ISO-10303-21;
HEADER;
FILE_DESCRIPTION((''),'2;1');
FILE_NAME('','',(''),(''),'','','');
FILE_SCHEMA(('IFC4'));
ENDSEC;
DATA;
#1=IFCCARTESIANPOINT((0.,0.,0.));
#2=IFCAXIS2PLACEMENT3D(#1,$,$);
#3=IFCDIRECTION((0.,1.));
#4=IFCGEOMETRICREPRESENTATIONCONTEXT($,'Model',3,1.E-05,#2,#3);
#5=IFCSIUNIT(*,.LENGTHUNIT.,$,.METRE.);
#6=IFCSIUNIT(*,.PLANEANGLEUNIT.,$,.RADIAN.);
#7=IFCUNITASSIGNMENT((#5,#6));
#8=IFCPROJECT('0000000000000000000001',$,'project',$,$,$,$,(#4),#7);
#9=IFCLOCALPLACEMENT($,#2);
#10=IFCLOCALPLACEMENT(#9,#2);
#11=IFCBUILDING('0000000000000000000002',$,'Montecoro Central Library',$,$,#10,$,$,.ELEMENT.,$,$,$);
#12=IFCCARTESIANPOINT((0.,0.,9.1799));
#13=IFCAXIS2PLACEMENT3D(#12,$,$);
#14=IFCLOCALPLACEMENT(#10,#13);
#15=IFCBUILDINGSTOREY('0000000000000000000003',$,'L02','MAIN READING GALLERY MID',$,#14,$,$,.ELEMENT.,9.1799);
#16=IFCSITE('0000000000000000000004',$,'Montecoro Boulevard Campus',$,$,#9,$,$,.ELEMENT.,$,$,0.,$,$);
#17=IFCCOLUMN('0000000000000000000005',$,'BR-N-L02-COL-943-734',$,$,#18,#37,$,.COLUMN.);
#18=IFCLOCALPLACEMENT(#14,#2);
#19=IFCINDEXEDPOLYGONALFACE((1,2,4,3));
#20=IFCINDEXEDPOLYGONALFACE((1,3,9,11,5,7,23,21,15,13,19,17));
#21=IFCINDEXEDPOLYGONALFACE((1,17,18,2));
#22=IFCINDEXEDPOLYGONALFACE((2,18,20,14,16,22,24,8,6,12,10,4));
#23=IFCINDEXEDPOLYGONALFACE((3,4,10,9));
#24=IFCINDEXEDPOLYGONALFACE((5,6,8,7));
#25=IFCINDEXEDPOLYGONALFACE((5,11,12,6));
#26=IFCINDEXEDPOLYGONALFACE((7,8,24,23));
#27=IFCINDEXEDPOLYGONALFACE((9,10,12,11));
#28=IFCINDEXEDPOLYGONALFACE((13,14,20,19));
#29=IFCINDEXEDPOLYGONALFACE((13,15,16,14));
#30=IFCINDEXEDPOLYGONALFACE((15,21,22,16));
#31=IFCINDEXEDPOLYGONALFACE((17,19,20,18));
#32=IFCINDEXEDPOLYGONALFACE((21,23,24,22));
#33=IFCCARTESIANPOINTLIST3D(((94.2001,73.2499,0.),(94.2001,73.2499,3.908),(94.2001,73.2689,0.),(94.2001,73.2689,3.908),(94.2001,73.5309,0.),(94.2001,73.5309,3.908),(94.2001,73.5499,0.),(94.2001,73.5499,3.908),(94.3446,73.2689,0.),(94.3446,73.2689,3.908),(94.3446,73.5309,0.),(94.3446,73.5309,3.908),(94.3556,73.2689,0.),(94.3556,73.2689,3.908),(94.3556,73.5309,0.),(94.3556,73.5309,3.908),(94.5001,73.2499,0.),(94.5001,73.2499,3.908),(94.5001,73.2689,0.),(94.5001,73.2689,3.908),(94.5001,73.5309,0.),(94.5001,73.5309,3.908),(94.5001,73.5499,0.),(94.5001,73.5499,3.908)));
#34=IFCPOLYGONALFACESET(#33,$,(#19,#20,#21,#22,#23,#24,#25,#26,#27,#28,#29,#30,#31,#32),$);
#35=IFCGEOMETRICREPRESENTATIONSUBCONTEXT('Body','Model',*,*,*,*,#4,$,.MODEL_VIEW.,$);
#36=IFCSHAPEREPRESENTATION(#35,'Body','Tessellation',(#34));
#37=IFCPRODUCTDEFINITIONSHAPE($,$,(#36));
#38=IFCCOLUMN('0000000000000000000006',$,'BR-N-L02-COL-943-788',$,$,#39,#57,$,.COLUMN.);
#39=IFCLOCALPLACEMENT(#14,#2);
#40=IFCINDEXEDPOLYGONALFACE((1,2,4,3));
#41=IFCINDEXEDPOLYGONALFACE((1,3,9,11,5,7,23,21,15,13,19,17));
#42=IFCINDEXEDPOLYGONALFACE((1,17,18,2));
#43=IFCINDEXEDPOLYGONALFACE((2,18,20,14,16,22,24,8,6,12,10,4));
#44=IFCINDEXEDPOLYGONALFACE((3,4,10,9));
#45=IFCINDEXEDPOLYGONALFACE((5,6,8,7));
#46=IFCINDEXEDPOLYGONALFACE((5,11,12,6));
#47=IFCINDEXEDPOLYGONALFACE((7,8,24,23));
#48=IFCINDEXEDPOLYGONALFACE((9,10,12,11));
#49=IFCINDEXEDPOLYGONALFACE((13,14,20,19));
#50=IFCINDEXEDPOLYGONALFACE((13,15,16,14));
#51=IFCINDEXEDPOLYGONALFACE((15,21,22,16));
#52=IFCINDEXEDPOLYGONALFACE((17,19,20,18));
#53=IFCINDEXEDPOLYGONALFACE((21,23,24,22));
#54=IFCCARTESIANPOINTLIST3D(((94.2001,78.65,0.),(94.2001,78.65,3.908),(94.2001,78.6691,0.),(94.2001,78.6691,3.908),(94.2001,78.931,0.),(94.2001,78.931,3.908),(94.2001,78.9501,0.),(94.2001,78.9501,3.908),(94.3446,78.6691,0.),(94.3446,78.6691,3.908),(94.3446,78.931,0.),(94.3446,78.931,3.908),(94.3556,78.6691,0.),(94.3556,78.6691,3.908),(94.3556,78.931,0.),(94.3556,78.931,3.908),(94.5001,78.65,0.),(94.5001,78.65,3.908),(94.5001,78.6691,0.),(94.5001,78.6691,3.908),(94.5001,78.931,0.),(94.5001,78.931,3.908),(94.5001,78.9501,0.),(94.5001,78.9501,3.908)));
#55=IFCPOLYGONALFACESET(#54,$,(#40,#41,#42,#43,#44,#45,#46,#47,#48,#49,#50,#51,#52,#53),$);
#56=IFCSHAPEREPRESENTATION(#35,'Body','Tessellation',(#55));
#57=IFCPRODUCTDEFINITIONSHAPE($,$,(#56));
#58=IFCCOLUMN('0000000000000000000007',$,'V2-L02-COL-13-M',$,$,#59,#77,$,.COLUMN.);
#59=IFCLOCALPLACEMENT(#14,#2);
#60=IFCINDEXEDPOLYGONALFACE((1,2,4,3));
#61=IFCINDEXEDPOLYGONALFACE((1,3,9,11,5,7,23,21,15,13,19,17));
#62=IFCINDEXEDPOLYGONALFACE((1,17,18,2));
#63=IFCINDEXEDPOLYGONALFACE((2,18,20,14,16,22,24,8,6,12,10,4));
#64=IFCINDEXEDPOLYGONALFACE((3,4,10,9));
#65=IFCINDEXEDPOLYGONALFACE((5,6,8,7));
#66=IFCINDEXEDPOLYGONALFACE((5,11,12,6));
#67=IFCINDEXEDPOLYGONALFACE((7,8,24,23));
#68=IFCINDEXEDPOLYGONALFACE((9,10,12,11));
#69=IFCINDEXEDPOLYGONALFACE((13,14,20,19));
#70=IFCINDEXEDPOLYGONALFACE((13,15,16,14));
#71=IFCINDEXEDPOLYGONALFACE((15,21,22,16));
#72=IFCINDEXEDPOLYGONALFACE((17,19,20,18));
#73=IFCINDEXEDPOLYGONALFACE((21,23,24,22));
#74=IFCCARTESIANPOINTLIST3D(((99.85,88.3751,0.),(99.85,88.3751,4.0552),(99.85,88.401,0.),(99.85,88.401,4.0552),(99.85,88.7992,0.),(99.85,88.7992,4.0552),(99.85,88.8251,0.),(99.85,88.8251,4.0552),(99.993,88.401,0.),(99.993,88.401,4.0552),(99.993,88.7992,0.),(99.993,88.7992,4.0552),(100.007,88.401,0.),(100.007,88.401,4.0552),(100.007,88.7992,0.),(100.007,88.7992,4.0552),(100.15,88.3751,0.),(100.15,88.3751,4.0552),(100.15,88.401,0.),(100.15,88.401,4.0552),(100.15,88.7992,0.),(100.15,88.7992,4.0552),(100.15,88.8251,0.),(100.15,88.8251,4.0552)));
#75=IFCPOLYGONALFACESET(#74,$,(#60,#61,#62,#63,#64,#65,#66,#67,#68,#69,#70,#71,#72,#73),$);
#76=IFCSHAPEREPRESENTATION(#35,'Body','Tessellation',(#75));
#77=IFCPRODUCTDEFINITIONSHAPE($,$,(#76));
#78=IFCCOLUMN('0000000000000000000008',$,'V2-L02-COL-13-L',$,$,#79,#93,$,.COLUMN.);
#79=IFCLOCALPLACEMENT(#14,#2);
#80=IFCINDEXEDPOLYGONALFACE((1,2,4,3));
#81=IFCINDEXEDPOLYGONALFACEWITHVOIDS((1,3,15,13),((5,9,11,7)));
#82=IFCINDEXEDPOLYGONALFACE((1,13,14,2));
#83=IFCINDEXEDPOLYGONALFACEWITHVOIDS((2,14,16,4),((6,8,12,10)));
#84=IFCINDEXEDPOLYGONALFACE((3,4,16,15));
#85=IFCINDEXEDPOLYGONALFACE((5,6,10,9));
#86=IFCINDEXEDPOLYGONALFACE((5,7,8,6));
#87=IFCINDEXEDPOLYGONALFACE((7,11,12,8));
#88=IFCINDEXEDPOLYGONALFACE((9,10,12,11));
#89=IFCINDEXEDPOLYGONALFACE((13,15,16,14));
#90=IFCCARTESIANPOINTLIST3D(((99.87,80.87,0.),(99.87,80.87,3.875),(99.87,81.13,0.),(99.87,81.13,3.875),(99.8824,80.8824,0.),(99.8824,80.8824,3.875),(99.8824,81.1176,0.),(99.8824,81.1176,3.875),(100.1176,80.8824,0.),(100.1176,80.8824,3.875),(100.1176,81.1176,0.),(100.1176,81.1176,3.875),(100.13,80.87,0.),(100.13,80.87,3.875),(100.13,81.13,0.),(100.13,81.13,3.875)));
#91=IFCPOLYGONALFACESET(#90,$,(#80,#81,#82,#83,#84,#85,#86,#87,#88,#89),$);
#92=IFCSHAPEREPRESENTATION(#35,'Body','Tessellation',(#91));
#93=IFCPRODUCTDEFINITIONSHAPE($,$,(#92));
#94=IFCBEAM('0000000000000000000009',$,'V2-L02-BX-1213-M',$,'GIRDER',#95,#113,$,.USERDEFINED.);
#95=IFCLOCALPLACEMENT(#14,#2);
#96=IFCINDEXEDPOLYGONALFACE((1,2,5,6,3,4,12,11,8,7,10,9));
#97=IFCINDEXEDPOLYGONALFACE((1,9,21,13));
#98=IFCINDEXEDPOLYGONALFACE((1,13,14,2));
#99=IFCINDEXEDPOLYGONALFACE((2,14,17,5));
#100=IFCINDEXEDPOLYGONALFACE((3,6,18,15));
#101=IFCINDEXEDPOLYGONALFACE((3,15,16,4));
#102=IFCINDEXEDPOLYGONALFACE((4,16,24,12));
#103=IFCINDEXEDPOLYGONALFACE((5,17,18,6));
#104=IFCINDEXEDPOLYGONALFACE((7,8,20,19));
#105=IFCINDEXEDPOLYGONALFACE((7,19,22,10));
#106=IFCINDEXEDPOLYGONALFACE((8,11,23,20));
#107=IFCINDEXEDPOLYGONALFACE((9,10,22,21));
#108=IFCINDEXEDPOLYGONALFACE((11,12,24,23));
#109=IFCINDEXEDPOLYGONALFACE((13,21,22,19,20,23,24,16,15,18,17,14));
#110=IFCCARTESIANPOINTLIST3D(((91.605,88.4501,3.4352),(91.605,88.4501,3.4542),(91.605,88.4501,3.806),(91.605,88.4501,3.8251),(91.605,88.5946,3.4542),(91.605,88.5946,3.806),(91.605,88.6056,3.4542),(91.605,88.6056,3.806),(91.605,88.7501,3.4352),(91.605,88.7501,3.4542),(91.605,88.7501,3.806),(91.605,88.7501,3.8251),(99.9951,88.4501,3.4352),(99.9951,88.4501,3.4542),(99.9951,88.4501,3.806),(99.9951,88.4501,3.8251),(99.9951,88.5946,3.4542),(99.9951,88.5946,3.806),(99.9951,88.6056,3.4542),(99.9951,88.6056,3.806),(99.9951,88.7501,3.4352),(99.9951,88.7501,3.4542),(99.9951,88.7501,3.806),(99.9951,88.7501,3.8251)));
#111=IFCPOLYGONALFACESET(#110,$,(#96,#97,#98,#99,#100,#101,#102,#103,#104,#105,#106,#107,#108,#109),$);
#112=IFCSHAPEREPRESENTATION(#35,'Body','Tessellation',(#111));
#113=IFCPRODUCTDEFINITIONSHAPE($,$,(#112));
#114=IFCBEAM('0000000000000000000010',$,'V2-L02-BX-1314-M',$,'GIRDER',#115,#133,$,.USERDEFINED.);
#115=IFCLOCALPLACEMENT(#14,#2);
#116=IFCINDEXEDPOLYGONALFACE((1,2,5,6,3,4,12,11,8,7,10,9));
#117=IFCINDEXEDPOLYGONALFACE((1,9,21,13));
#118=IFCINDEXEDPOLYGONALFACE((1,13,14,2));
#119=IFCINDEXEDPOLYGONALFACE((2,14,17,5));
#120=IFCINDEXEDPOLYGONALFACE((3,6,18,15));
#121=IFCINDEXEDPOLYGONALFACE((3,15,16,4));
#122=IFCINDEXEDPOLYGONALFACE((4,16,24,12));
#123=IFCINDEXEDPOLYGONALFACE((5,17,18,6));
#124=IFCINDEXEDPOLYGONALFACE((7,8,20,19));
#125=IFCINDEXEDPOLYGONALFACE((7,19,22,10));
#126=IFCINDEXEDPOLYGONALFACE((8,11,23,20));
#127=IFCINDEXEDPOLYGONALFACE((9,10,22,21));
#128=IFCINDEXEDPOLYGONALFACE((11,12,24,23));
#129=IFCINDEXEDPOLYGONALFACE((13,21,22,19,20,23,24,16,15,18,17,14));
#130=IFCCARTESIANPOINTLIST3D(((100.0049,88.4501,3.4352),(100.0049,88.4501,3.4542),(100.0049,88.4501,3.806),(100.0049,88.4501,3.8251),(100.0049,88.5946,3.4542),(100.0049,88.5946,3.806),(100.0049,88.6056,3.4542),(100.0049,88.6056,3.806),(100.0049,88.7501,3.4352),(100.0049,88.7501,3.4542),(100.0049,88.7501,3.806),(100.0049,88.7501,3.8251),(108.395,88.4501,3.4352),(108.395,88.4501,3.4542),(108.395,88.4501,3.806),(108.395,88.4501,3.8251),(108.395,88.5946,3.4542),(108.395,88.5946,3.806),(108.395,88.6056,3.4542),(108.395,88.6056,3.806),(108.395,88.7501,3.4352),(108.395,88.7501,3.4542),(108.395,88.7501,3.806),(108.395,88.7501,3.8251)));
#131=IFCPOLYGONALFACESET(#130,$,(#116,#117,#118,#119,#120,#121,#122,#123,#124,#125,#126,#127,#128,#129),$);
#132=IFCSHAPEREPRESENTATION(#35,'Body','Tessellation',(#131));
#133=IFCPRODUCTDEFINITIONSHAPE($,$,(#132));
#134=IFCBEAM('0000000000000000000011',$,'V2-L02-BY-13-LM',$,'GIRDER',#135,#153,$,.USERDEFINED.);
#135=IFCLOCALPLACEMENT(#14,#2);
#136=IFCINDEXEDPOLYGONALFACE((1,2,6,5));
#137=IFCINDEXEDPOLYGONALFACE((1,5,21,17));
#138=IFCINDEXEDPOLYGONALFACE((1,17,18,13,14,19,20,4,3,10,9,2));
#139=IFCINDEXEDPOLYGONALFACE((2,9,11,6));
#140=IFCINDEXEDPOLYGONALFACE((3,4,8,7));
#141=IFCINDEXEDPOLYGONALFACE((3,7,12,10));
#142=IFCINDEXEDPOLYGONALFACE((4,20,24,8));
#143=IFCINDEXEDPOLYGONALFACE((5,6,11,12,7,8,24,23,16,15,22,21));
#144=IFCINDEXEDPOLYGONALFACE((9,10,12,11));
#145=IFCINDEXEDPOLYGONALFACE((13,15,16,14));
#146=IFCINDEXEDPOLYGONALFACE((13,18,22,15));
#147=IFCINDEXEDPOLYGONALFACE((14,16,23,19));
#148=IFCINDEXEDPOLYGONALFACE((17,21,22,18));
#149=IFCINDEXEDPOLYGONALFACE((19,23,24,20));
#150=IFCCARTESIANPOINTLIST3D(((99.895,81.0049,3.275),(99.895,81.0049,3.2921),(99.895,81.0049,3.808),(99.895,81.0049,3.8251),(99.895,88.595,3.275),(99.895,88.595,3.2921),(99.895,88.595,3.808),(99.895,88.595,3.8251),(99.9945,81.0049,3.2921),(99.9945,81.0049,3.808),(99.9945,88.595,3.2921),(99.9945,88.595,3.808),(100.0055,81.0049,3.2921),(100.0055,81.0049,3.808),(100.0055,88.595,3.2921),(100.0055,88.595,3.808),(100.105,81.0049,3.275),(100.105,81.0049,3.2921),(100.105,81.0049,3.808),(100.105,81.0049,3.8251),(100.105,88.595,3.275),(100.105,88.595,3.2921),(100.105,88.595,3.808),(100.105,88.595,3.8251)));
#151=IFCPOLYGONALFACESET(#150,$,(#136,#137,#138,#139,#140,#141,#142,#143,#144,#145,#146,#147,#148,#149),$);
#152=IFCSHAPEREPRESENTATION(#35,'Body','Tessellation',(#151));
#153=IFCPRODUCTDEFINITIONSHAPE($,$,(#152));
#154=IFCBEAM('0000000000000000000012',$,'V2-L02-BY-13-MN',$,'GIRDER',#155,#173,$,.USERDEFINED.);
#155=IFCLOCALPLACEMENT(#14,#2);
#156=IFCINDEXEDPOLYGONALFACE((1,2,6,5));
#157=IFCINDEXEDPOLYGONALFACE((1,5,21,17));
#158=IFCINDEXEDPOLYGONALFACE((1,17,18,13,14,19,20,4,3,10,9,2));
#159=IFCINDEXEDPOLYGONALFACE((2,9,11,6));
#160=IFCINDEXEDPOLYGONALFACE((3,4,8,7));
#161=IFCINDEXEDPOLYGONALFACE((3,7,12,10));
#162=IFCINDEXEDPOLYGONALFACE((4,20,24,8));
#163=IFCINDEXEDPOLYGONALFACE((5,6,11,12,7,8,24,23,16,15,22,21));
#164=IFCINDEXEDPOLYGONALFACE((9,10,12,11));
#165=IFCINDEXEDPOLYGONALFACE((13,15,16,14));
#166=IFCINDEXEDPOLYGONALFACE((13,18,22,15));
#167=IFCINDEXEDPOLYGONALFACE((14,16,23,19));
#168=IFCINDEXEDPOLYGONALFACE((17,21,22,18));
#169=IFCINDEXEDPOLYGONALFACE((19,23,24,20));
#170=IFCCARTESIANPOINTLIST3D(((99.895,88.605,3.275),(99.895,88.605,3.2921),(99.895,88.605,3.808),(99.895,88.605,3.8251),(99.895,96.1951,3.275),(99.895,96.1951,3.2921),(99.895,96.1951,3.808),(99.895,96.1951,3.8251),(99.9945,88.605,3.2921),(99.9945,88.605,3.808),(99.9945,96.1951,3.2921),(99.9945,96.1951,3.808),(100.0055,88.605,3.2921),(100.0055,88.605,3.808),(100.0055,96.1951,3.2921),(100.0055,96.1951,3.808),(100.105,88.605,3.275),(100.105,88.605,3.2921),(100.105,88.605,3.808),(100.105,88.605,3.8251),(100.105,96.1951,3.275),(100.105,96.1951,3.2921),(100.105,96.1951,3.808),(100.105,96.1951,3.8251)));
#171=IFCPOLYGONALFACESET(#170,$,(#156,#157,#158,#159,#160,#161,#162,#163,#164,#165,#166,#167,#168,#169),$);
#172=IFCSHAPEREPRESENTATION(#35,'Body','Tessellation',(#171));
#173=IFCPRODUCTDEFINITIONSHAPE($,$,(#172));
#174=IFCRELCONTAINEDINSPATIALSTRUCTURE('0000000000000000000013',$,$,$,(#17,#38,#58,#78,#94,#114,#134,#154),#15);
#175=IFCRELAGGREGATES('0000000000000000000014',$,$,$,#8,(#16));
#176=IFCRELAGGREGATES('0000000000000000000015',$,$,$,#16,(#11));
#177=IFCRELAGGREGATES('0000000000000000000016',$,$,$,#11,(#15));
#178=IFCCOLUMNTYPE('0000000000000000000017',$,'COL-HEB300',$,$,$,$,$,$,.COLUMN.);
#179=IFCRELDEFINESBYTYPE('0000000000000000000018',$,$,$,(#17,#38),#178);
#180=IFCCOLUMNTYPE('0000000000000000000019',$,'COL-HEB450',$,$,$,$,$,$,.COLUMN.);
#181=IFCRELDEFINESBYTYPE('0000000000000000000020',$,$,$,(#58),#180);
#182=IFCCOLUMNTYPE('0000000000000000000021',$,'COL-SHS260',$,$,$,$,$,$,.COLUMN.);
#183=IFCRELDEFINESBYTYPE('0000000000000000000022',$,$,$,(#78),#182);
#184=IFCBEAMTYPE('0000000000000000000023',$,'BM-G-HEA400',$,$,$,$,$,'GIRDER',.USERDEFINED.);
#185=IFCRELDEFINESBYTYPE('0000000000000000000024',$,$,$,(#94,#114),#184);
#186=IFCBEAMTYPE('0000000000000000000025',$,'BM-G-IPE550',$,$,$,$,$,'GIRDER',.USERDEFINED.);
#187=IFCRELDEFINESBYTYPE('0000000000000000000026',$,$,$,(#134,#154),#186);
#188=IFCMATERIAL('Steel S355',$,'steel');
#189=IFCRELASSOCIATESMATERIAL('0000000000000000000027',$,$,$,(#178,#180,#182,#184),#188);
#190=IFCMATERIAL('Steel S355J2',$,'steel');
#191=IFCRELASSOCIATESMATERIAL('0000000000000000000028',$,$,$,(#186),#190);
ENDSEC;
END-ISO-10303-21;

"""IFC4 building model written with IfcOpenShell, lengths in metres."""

from ifc_helpers import new_model, si_unit, direction, frame, origin, origin_2d, place, context, subcontext, project, spatial, hollow_rectangle, i_section, extrude, material, material_profile, profile_set, type_object, element, save


model = new_model("IFC4")

# Units and contexts
model_context = context("Model", 3, precision=1e-05, world=origin(), true_north=direction((0.0, 1.0)))
body_context = subcontext(model_context, "Body", "Model", "MODEL_VIEW")
ifc_project = project(units=[si_unit("LENGTHUNIT", "METRE"), si_unit("PLANEANGLEUNIT", "RADIAN")], contexts=[model_context])

# Site, building, storey
site_placement = place(None, origin())
site = spatial("IfcSite", under=ifc_project, at=site_placement, Name="Montecoro Boulevard Campus", CompositionType="ELEMENT", RefElevation=0.0)
building_placement = place(site_placement, origin())
building = spatial("IfcBuilding", under=site, at=building_placement, Name="Montecoro Central Library", CompositionType="ELEMENT")
storey_placement = place(building_placement, frame((0.0, 0.0, 9.1799)))
storey = spatial("IfcBuildingStorey", under=building, at=storey_placement, Name="L02", Description="MAIN READING GALLERY MID", CompositionType="ELEMENT", Elevation=9.1799)

# Columns
ifc_material_1 = material(Name="Steel S355", Category="steel")
ifc_material_profile_1 = material_profile(ifc_material_1, i_section(OverallWidth=0.3, OverallDepth=0.3, WebThickness=0.011, FlangeThickness=0.019, at=origin_2d()), Name="HEB 300")
ifc_profile_set_1 = profile_set([ifc_material_profile_1], Name="Steel S355")
column_type_1 = type_object("IfcColumnType", Name="COL-HEB300", PredefinedType="COLUMN", material=ifc_profile_set_1)
for number, where, z_axis, x_axis, name in (
    (1, (94.3501, 73.3999, 0.0), (0.0, 0.0, 1.0), (1.0, 0.0, 0.0), "BR-N-L02-COL-943-734"),
    (2, (94.3501, 78.8, 0.0), (0.0, 0.0, 1.0), (1.0, 0.0, 0.0), "BR-N-L02-COL-943-788"),
):
    element("IfcColumn", number, at=place(storey_placement, frame(where, z_axis=z_axis, x_axis=x_axis)), inside=storey, type_object=column_type_1, Name=name, PredefinedType="COLUMN", context=body_context, shape_type="SweptSolid", body=[
        extrude(i_section(OverallWidth=0.3, OverallDepth=0.3, WebThickness=0.011, FlangeThickness=0.019, at=origin_2d()), origin(), (0.0, 0.0, 1.0), 3.908),
    ])
ifc_material_profile_2 = material_profile(ifc_material_1, i_section(OverallWidth=0.3, OverallDepth=0.45, WebThickness=0.0139, FlangeThickness=0.0259, at=origin_2d()), Name="HEB 450")
ifc_profile_set_2 = profile_set([ifc_material_profile_2], Name="Steel S355")
column_type_2 = type_object("IfcColumnType", Name="COL-HEB450", PredefinedType="COLUMN", material=ifc_profile_set_2)
column_1_placement = place(storey_placement, frame((100.0, 88.6001, 0.0), z_axis=(0.0, 0.0, 1.0), x_axis=(1.0, 0.0, 0.0)))
element("IfcColumn", 3, at=column_1_placement, inside=storey, type_object=column_type_2, Name="V2-L02-COL-13-M", PredefinedType="COLUMN", context=body_context, shape_type="SweptSolid", body=[
    extrude(i_section(OverallWidth=0.3, OverallDepth=0.45, WebThickness=0.0139, FlangeThickness=0.0259, at=origin_2d()), origin(), (0.0, 0.0, 1.0), 4.0552),
])
ifc_material_profile_3 = material_profile(ifc_material_1, hollow_rectangle(XDim=0.26, YDim=0.26, WallThickness=0.0125, at=origin_2d()), Name="SHS 260x260x12.5")
ifc_profile_set_3 = profile_set([ifc_material_profile_3], Name="Steel S355")
column_type_3 = type_object("IfcColumnType", Name="COL-SHS260", PredefinedType="COLUMN", material=ifc_profile_set_3)
column_2_placement = place(storey_placement, frame((100.0, 81.0, 0.0), z_axis=(0.0, 0.0, 1.0), x_axis=(1.0, 0.0, 0.0)))
element("IfcColumn", 4, at=column_2_placement, inside=storey, type_object=column_type_3, Name="V2-L02-COL-13-L", PredefinedType="COLUMN", context=body_context, shape_type="SweptSolid", body=[
    extrude(hollow_rectangle(XDim=0.26, YDim=0.26, WallThickness=0.0125, at=origin_2d()), origin(), (0.0, 0.0, 1.0), 3.875),
])

# Beams
ifc_material_profile_4 = material_profile(ifc_material_1, i_section(OverallWidth=0.3, OverallDepth=0.3899, WebThickness=0.011, FlangeThickness=0.019, at=origin_2d()), Name="HEA 400")
ifc_profile_set_4 = profile_set([ifc_material_profile_4], Name="Steel S355")
beam_type_1 = type_object("IfcBeamType", Name="BM-G-HEA400", ElementType="GIRDER", PredefinedType="USERDEFINED", material=ifc_profile_set_4)
for number, where, z_axis, x_axis, name in (
    (5, (91.605, 88.6001, 3.6301), (1.0, 0.0, 0.0), (0.0, 1.0, 0.0), "V2-L02-BX-1213-M"),
    (6, (100.0049, 88.6001, 3.6301), (1.0, 0.0, 0.0), (0.0, 1.0, 0.0), "V2-L02-BX-1314-M"),
):
    element("IfcBeam", number, at=place(storey_placement, frame(where, z_axis=z_axis, x_axis=x_axis)), inside=storey, type_object=beam_type_1, Name=name, ObjectType="GIRDER", PredefinedType="USERDEFINED", context=body_context, shape_type="SweptSolid", body=[
        extrude(i_section(OverallWidth=0.3, OverallDepth=0.3899, WebThickness=0.011, FlangeThickness=0.019, at=origin_2d()), origin(), (0.0, 0.0, 1.0), 8.3901),
    ])
ifc_material_2 = material(Name="Steel S355J2", Category="steel")
ifc_material_profile_5 = material_profile(ifc_material_2, i_section(OverallWidth=0.21, OverallDepth=0.55, WebThickness=0.011, FlangeThickness=0.0171, at=origin_2d()), Name="IPE 550")
ifc_profile_set_5 = profile_set([ifc_material_profile_5], Name="Steel S355J2")
beam_type_2 = type_object("IfcBeamType", Name="BM-G-IPE550", ElementType="GIRDER", PredefinedType="USERDEFINED", material=ifc_profile_set_5)
for number, where, z_axis, x_axis, name in (
    (7, (100.0, 81.0049, 3.55), (0.0, 1.0, 0.0), (-1.0, 0.0, 0.0), "V2-L02-BY-13-LM"),
    (8, (100.0, 88.605, 3.55), (0.0, 1.0, 0.0), (-1.0, 0.0, 0.0), "V2-L02-BY-13-MN"),
):
    element("IfcBeam", number, at=place(storey_placement, frame(where, z_axis=z_axis, x_axis=x_axis)), inside=storey, type_object=beam_type_2, Name=name, ObjectType="GIRDER", PredefinedType="USERDEFINED", context=body_context, shape_type="SweptSolid", body=[
        extrude(i_section(OverallWidth=0.21, OverallDepth=0.55, WebThickness=0.011, FlangeThickness=0.0171, at=origin_2d()), origin(), (0.0, 0.0, 1.0), 7.5901),
    ])

save(model, "model.ifc")
